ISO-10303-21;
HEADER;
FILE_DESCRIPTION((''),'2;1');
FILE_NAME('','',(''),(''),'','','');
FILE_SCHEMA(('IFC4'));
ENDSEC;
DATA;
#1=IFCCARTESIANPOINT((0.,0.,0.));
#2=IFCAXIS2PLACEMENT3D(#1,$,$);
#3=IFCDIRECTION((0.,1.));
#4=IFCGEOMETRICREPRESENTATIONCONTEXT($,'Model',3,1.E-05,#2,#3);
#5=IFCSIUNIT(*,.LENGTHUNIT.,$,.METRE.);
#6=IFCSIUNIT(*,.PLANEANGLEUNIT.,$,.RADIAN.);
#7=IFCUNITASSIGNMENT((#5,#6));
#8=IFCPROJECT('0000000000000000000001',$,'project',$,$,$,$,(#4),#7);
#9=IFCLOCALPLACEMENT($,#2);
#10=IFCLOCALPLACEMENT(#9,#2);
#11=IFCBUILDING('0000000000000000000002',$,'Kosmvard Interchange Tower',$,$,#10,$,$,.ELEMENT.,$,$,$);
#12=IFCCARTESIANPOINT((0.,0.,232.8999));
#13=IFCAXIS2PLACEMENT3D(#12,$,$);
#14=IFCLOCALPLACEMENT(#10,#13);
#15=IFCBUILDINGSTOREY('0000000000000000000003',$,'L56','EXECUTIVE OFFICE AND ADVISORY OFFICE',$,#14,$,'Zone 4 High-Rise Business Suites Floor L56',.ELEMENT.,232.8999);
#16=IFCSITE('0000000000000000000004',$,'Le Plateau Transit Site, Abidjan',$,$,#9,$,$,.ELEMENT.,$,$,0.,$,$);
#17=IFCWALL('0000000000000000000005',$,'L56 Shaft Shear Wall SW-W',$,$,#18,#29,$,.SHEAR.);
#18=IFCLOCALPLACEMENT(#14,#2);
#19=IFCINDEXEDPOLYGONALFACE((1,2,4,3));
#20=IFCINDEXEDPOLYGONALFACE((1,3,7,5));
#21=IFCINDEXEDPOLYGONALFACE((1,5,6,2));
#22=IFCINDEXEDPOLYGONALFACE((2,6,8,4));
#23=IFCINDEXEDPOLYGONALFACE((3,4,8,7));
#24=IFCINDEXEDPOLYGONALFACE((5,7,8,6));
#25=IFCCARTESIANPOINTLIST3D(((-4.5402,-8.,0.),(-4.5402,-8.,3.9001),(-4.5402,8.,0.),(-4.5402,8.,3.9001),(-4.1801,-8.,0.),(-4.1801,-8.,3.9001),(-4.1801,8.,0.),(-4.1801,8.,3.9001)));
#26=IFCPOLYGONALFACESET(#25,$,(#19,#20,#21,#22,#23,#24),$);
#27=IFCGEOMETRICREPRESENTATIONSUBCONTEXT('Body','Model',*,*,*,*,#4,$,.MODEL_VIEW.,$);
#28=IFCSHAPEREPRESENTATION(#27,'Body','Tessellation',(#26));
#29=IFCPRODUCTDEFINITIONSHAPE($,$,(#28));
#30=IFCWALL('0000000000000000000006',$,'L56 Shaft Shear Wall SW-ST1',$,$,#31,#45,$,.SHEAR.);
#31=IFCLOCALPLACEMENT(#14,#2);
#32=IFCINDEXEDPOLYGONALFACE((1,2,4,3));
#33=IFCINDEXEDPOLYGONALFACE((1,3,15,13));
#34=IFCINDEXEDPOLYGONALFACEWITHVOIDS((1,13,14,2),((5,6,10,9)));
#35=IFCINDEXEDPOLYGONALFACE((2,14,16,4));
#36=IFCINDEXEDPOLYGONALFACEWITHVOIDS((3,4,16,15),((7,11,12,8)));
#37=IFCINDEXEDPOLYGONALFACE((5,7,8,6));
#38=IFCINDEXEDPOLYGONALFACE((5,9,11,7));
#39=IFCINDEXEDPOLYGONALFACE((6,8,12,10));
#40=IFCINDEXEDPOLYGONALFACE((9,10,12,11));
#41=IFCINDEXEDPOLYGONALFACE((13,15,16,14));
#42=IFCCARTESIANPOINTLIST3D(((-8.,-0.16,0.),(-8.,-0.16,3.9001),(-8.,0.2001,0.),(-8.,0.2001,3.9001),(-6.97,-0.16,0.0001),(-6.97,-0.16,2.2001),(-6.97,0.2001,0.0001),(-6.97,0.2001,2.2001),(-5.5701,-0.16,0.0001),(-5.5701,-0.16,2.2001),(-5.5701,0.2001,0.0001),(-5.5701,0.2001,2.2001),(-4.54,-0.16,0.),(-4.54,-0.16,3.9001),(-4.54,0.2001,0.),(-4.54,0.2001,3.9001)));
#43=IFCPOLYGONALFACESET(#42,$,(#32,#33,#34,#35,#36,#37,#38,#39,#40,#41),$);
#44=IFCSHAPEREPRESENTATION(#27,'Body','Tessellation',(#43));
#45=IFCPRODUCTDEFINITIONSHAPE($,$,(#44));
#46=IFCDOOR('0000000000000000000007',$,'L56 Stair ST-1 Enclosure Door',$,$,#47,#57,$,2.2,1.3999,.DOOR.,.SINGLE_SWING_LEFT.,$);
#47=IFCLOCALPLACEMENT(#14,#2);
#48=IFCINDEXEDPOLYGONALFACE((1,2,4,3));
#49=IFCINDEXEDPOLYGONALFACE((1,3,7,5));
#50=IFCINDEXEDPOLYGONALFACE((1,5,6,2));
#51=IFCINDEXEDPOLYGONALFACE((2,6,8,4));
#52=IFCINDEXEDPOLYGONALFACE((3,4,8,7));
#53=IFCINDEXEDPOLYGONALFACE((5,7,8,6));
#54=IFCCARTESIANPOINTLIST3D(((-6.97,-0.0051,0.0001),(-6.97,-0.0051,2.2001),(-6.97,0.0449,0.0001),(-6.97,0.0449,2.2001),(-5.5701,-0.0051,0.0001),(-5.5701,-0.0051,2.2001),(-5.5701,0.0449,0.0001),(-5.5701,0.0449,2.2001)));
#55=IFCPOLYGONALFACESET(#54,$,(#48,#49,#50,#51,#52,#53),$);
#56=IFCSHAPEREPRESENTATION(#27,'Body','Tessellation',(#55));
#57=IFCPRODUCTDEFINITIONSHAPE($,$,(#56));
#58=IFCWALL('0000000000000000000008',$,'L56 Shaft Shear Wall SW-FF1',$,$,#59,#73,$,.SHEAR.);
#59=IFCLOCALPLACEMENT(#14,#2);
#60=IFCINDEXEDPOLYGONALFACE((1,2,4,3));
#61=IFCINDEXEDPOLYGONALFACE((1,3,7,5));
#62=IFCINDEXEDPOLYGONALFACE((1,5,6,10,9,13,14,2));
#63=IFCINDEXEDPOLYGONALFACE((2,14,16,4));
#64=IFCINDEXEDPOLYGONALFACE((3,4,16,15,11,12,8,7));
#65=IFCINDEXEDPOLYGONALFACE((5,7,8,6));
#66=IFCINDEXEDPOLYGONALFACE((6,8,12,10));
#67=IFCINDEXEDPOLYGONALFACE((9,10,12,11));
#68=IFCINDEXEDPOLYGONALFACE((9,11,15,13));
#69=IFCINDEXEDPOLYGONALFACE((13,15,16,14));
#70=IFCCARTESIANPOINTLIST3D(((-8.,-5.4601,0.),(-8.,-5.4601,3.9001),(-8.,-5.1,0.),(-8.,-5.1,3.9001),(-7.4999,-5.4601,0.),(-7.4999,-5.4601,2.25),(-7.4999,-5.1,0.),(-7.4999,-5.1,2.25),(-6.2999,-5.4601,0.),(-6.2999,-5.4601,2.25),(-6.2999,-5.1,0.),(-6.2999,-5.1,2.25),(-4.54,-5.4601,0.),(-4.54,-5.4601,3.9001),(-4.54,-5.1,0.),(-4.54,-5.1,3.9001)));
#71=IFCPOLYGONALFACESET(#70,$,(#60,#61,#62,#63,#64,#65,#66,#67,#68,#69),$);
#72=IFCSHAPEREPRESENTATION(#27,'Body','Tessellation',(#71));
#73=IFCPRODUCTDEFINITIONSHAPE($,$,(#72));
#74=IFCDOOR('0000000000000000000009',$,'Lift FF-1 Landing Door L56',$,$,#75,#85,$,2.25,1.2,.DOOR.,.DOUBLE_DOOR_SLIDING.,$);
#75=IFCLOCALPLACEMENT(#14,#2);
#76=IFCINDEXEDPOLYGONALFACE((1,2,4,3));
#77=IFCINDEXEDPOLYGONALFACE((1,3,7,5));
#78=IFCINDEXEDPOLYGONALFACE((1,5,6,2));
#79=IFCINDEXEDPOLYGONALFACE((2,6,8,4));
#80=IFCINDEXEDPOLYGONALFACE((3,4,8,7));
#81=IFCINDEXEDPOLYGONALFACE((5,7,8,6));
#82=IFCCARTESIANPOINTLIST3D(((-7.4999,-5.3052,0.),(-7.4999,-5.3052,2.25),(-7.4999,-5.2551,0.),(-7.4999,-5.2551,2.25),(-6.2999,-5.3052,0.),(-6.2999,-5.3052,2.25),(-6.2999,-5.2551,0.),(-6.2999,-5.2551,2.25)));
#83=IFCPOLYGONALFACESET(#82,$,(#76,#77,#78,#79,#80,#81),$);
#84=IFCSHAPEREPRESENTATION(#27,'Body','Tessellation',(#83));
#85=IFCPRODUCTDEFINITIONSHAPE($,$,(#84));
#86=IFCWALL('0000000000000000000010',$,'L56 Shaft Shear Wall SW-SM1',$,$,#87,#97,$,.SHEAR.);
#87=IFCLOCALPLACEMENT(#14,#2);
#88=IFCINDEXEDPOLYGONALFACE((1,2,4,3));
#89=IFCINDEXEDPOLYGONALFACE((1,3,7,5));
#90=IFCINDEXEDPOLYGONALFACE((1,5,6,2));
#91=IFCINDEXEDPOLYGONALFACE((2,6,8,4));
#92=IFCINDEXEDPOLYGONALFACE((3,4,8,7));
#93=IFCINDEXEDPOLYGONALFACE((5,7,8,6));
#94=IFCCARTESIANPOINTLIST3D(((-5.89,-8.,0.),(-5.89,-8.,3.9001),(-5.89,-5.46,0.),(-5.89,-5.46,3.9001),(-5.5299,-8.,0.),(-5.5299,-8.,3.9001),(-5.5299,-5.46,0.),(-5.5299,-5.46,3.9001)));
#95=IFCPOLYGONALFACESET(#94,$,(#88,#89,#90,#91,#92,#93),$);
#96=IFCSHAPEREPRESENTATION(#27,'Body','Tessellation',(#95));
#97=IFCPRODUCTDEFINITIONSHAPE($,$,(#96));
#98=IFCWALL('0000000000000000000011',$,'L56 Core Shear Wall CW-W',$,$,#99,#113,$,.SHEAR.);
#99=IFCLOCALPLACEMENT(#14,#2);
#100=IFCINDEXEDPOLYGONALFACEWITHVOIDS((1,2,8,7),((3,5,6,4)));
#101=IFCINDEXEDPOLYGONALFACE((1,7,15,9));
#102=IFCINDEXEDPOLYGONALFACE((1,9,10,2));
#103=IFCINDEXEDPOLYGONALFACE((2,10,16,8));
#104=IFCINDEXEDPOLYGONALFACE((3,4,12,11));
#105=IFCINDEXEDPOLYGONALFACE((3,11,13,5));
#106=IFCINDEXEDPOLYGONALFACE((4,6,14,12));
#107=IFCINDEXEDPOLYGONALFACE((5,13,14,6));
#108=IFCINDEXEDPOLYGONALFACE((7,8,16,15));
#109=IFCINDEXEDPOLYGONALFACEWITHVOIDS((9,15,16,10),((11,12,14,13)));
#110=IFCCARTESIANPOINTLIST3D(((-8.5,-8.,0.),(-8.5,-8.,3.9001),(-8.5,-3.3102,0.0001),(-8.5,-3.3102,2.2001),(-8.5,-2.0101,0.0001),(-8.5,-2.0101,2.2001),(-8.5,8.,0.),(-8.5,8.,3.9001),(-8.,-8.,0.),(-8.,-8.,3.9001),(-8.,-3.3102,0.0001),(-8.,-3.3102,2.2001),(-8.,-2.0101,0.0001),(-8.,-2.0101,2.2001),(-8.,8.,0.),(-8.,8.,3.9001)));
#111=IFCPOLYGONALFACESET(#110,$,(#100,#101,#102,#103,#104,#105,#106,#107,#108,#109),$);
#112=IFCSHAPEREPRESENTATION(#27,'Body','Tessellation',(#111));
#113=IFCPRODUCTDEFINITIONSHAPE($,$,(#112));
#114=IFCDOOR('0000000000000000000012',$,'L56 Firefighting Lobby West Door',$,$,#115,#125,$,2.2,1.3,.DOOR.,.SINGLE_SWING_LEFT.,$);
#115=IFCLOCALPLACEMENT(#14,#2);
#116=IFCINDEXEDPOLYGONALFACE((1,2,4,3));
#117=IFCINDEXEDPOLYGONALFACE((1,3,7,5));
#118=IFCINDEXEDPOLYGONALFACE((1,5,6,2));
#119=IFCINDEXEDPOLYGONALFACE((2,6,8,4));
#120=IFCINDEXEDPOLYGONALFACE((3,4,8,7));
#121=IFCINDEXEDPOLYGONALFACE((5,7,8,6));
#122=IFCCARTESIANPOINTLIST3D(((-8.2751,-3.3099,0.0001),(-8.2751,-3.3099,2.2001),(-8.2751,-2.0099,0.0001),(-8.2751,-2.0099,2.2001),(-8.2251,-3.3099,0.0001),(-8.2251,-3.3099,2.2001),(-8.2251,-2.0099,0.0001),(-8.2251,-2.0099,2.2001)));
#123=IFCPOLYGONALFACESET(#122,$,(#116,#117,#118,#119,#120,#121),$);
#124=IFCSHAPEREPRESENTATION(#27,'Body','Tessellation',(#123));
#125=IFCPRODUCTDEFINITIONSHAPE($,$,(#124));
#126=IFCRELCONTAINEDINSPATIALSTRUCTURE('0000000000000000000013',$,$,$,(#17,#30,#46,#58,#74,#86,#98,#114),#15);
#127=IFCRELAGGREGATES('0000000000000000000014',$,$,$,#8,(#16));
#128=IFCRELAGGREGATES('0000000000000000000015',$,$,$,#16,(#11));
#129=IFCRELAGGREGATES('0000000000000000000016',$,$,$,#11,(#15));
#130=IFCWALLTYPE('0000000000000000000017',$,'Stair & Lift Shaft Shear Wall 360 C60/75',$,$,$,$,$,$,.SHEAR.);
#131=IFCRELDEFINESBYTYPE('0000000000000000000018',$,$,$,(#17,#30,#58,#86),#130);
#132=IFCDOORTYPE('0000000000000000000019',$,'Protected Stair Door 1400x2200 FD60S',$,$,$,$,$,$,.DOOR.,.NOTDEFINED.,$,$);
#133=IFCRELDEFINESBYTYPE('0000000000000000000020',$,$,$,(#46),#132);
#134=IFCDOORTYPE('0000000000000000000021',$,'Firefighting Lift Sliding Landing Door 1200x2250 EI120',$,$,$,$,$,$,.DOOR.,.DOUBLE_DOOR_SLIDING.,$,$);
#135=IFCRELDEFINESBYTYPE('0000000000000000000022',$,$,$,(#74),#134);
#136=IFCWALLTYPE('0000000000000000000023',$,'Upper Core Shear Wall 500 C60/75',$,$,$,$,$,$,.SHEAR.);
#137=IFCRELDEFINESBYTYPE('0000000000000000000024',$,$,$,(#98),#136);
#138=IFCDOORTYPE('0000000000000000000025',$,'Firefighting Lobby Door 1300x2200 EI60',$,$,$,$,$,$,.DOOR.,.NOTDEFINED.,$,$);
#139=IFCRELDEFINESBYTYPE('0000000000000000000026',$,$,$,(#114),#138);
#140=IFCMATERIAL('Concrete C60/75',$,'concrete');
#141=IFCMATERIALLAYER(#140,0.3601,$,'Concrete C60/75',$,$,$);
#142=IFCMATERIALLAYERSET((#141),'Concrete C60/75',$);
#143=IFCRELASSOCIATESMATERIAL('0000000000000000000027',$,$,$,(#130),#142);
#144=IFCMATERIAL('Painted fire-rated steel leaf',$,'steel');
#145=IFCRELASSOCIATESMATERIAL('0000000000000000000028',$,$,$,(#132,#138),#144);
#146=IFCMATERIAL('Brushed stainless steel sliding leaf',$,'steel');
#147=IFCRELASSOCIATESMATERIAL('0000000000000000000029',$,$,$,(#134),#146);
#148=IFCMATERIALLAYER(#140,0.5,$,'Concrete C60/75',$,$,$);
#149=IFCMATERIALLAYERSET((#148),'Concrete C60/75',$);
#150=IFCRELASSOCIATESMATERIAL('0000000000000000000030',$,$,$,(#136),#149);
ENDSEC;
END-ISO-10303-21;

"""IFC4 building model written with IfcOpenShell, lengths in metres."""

from ifc_helpers import new_model, si_unit, direction, frame, frame_2d, origin, place, context, subcontext, project, spatial, rectangle, extrude, source, transform, mapped, material, layer, layer_set, type_object, element, fill, save


model = new_model("IFC4")

# Units and contexts
model_context = context("Model", 3, precision=1e-05, world=origin(), true_north=direction((0.0, 1.0)))
body_context = subcontext(model_context, "Body", "Model", "MODEL_VIEW")
ifc_project = project(units=[si_unit("LENGTHUNIT", "METRE"), si_unit("PLANEANGLEUNIT", "RADIAN")], contexts=[model_context])

# Site, building, storey
site_placement = place(None, origin())
site = spatial("IfcSite", under=ifc_project, at=site_placement, Name="Le Plateau Transit Site, Abidjan", CompositionType="ELEMENT", RefElevation=0.0)
building_placement = place(site_placement, origin())
building = spatial("IfcBuilding", under=site, at=building_placement, Name="Kosmvard Interchange Tower", CompositionType="ELEMENT")
storey_placement = place(building_placement, frame((0.0, 0.0, 232.8999)))
storey = spatial("IfcBuildingStorey", under=building, at=storey_placement, Name="L56", Description="EXECUTIVE OFFICE AND ADVISORY OFFICE", LongName="Zone 4 High-Rise Business Suites Floor L56", CompositionType="ELEMENT", Elevation=232.8999)

# Shared definitions
ifc_material_1 = material(Name="Concrete C60/75", Category="concrete")

# Shared definitions
ifc_material_2 = material(Name="Painted fire-rated steel leaf", Category="steel")
ifc_material_3 = material(Name="Brushed stainless steel sliding leaf", Category="steel")

# Wall
ifc_layer_1 = layer(ifc_material_1, 0.3601, Name="Concrete C60/75")
ifc_layer_set_1 = layer_set([ifc_layer_1], Name="Concrete C60/75")
wall_type_1 = type_object("IfcWallType", Name="Stair & Lift Shaft Shear Wall 360 C60/75", PredefinedType="SHEAR", material=ifc_layer_set_1)
wall_1_placement = place(storey_placement, frame((-4.3601, -8.0, 0.0), z_axis=(0.0, 0.0, 1.0), x_axis=(0.0, 1.0, 0.0)))
element("IfcWall", 1, at=wall_1_placement, inside=storey, type_object=wall_type_1, Name="L56 Shaft Shear Wall SW-W", PredefinedType="SHEAR", context=body_context, shape_type="SweptSolid", body=[
    extrude(rectangle(XDim=16.0, YDim=0.3601, at=frame_2d((8.0, 0.0))), origin(), (0.0, 0.0, 1.0), 3.9001),
])

# Walls, openings, doors
wall_2_placement = place(storey_placement, frame((-8.0, 0.02, 0.0), z_axis=(0.0, 0.0, 1.0), x_axis=(1.0, 0.0, 0.0)))
wall_2 = element("IfcWall", 2, at=wall_2_placement, inside=storey, type_object=wall_type_1, Name="L56 Shaft Shear Wall SW-ST1", PredefinedType="SHEAR", context=body_context, shape_type="SweptSolid", body=[
    extrude(rectangle(XDim=3.46, YDim=0.3601, at=frame_2d((1.73, 0.0))), origin(), (0.0, 0.0, 1.0), 3.9001),
])
opening_1_placement = place(wall_2_placement, frame((1.03, 0.0, 0.0)))
opening_1 = element("IfcOpeningElement", 3, at=opening_1_placement, cuts=wall_2, PredefinedType="OPENING", context=body_context, shape_type="SweptSolid", body=[
    extrude(rectangle(XDim=1.3999, YDim=2.2, at=frame_2d((0.7, 1.1001))), frame((0.0, 0.1899, 0.0), z_axis=(0.0, -1.0, 0.0), x_axis=(1.0, 0.0, 0.0)), (0.0, 0.0, 1.0), 0.3801),
])
door_type_1 = type_object("IfcDoorType", Name="Protected Stair Door 1400x2200 FD60S", OperationType="NOTDEFINED", PredefinedType="DOOR", material=ifc_material_2)
shared_shape_1 = source(origin(), body_context, "Body", "SweptSolid", [
    extrude(rectangle(XDim=1.3999, YDim=2.2, at=frame_2d((0.7, 1.1001))), frame((0.0, 0.0249, 0.0), z_axis=(0.0, -1.0, 0.0), x_axis=(1.0, 0.0, 0.0)), (0.0, 0.0, 1.0), 0.05),
])
door_1_placement = place(opening_1_placement, origin())
door_1 = element("IfcDoor", 4, at=door_1_placement, inside=storey, type_object=door_type_1, Name="L56 Stair ST-1 Enclosure Door", OperationType="SINGLE_SWING_LEFT", OverallHeight=2.2, OverallWidth=1.3999, PredefinedType="DOOR", context=body_context, shape_type="MappedRepresentation", body=[
    mapped(shared_shape_1, transform((0.0, 0.0, 0.0), scale=1.0)),
])
fill(opening_1, door_1)
wall_3_placement = place(storey_placement, frame((-8.0, -5.28, 0.0), z_axis=(0.0, 0.0, 1.0), x_axis=(1.0, 0.0, 0.0)))
wall_3 = element("IfcWall", 5, at=wall_3_placement, inside=storey, type_object=wall_type_1, Name="L56 Shaft Shear Wall SW-FF1", PredefinedType="SHEAR", context=body_context, shape_type="SweptSolid", body=[
    extrude(rectangle(XDim=3.46, YDim=0.3601, at=frame_2d((1.73, 0.0))), origin(), (0.0, 0.0, 1.0), 3.9001),
])
opening_2_placement = place(wall_3_placement, frame((0.5, 0.0, 0.0)))
opening_2 = element("IfcOpeningElement", 6, at=opening_2_placement, cuts=wall_3, PredefinedType="OPENING", context=body_context, shape_type="SweptSolid", body=[
    extrude(rectangle(XDim=1.2, YDim=2.25, at=frame_2d((0.6001, 1.125))), frame((0.0, 0.1899, 0.0), z_axis=(0.0, -1.0, 0.0), x_axis=(1.0, 0.0, 0.0)), (0.0, 0.0, 1.0), 0.3801),
])
door_type_2 = type_object("IfcDoorType", Name="Firefighting Lift Sliding Landing Door 1200x2250 EI120", OperationType="DOUBLE_DOOR_SLIDING", PredefinedType="DOOR", material=ifc_material_3)
shared_shape_2 = source(origin(), body_context, "Body", "SweptSolid", [
    extrude(rectangle(XDim=1.2, YDim=2.25, at=frame_2d((0.6001, 1.125))), frame((0.0, 0.0249, 0.0), z_axis=(0.0, -1.0, 0.0), x_axis=(1.0, 0.0, 0.0)), (0.0, 0.0, 1.0), 0.05),
])
door_2_placement = place(opening_2_placement, origin())
door_2 = element("IfcDoor", 7, at=door_2_placement, inside=storey, type_object=door_type_2, Name="Lift FF-1 Landing Door L56", OperationType="DOUBLE_DOOR_SLIDING", OverallHeight=2.25, OverallWidth=1.2, PredefinedType="DOOR", context=body_context, shape_type="MappedRepresentation", body=[
    mapped(shared_shape_2, transform((0.0, 0.0, 0.0), scale=1.0)),
])
fill(opening_2, door_2)

# Wall
wall_4_placement = place(storey_placement, frame((-5.71, -8.0, 0.0), z_axis=(0.0, 0.0, 1.0), x_axis=(0.0, 1.0, 0.0)))
element("IfcWall", 8, at=wall_4_placement, inside=storey, type_object=wall_type_1, Name="L56 Shaft Shear Wall SW-SM1", PredefinedType="SHEAR", context=body_context, shape_type="SweptSolid", body=[
    extrude(rectangle(XDim=2.54, YDim=0.3601, at=frame_2d((1.27, 0.0))), origin(), (0.0, 0.0, 1.0), 3.9001),
])

# Wall, opening, door
ifc_layer_2 = layer(ifc_material_1, 0.5, Name="Concrete C60/75")
ifc_layer_set_2 = layer_set([ifc_layer_2], Name="Concrete C60/75")
wall_type_2 = type_object("IfcWallType", Name="Upper Core Shear Wall 500 C60/75", PredefinedType="SHEAR", material=ifc_layer_set_2)
wall_5_placement = place(storey_placement, frame((-8.25, -8.0, 0.0), z_axis=(0.0, 0.0, 1.0), x_axis=(0.0, 1.0, 0.0)))
wall_5 = element("IfcWall", 9, at=wall_5_placement, inside=storey, type_object=wall_type_2, Name="L56 Core Shear Wall CW-W", PredefinedType="SHEAR", context=body_context, shape_type="SweptSolid", body=[
    extrude(rectangle(XDim=16.0, YDim=0.5, at=frame_2d((8.0, 0.0))), origin(), (0.0, 0.0, 1.0), 3.9001),
])
opening_3_placement = place(wall_5_placement, frame((4.6899, 0.0, 0.0)))
opening_3 = element("IfcOpeningElement", 10, at=opening_3_placement, cuts=wall_5, PredefinedType="OPENING", context=body_context, shape_type="SweptSolid", body=[
    extrude(rectangle(XDim=1.3, YDim=2.2, at=frame_2d((0.6499, 1.1001))), frame((0.0, 0.26, 0.0), z_axis=(0.0, -1.0, 0.0), x_axis=(1.0, 0.0, 0.0)), (0.0, 0.0, 1.0), 0.52),
])
door_type_3 = type_object("IfcDoorType", Name="Firefighting Lobby Door 1300x2200 EI60", OperationType="NOTDEFINED", PredefinedType="DOOR", material=ifc_material_2)
shared_shape_3 = source(origin(), body_context, "Body", "SweptSolid", [
    extrude(rectangle(XDim=1.3, YDim=2.2, at=frame_2d((0.6499, 1.1001))), frame((0.0, 0.0249, 0.0), z_axis=(0.0, -1.0, 0.0), x_axis=(1.0, 0.0, 0.0)), (0.0, 0.0, 1.0), 0.05),
])
door_3_placement = place(opening_3_placement, frame((1.3, 0.0, 0.0), z_axis=(0.0, 0.0, 1.0), x_axis=(-1.0, 0.0, 0.0)))
door_3 = element("IfcDoor", 11, at=door_3_placement, inside=storey, type_object=door_type_3, Name="L56 Firefighting Lobby West Door", OperationType="SINGLE_SWING_LEFT", OverallHeight=2.2, OverallWidth=1.3, PredefinedType="DOOR", context=body_context, shape_type="MappedRepresentation", body=[
    mapped(shared_shape_3, transform((0.0, 0.0, 0.0), scale=1.0)),
])
fill(opening_3, door_3)

save(model, "model.ifc")
